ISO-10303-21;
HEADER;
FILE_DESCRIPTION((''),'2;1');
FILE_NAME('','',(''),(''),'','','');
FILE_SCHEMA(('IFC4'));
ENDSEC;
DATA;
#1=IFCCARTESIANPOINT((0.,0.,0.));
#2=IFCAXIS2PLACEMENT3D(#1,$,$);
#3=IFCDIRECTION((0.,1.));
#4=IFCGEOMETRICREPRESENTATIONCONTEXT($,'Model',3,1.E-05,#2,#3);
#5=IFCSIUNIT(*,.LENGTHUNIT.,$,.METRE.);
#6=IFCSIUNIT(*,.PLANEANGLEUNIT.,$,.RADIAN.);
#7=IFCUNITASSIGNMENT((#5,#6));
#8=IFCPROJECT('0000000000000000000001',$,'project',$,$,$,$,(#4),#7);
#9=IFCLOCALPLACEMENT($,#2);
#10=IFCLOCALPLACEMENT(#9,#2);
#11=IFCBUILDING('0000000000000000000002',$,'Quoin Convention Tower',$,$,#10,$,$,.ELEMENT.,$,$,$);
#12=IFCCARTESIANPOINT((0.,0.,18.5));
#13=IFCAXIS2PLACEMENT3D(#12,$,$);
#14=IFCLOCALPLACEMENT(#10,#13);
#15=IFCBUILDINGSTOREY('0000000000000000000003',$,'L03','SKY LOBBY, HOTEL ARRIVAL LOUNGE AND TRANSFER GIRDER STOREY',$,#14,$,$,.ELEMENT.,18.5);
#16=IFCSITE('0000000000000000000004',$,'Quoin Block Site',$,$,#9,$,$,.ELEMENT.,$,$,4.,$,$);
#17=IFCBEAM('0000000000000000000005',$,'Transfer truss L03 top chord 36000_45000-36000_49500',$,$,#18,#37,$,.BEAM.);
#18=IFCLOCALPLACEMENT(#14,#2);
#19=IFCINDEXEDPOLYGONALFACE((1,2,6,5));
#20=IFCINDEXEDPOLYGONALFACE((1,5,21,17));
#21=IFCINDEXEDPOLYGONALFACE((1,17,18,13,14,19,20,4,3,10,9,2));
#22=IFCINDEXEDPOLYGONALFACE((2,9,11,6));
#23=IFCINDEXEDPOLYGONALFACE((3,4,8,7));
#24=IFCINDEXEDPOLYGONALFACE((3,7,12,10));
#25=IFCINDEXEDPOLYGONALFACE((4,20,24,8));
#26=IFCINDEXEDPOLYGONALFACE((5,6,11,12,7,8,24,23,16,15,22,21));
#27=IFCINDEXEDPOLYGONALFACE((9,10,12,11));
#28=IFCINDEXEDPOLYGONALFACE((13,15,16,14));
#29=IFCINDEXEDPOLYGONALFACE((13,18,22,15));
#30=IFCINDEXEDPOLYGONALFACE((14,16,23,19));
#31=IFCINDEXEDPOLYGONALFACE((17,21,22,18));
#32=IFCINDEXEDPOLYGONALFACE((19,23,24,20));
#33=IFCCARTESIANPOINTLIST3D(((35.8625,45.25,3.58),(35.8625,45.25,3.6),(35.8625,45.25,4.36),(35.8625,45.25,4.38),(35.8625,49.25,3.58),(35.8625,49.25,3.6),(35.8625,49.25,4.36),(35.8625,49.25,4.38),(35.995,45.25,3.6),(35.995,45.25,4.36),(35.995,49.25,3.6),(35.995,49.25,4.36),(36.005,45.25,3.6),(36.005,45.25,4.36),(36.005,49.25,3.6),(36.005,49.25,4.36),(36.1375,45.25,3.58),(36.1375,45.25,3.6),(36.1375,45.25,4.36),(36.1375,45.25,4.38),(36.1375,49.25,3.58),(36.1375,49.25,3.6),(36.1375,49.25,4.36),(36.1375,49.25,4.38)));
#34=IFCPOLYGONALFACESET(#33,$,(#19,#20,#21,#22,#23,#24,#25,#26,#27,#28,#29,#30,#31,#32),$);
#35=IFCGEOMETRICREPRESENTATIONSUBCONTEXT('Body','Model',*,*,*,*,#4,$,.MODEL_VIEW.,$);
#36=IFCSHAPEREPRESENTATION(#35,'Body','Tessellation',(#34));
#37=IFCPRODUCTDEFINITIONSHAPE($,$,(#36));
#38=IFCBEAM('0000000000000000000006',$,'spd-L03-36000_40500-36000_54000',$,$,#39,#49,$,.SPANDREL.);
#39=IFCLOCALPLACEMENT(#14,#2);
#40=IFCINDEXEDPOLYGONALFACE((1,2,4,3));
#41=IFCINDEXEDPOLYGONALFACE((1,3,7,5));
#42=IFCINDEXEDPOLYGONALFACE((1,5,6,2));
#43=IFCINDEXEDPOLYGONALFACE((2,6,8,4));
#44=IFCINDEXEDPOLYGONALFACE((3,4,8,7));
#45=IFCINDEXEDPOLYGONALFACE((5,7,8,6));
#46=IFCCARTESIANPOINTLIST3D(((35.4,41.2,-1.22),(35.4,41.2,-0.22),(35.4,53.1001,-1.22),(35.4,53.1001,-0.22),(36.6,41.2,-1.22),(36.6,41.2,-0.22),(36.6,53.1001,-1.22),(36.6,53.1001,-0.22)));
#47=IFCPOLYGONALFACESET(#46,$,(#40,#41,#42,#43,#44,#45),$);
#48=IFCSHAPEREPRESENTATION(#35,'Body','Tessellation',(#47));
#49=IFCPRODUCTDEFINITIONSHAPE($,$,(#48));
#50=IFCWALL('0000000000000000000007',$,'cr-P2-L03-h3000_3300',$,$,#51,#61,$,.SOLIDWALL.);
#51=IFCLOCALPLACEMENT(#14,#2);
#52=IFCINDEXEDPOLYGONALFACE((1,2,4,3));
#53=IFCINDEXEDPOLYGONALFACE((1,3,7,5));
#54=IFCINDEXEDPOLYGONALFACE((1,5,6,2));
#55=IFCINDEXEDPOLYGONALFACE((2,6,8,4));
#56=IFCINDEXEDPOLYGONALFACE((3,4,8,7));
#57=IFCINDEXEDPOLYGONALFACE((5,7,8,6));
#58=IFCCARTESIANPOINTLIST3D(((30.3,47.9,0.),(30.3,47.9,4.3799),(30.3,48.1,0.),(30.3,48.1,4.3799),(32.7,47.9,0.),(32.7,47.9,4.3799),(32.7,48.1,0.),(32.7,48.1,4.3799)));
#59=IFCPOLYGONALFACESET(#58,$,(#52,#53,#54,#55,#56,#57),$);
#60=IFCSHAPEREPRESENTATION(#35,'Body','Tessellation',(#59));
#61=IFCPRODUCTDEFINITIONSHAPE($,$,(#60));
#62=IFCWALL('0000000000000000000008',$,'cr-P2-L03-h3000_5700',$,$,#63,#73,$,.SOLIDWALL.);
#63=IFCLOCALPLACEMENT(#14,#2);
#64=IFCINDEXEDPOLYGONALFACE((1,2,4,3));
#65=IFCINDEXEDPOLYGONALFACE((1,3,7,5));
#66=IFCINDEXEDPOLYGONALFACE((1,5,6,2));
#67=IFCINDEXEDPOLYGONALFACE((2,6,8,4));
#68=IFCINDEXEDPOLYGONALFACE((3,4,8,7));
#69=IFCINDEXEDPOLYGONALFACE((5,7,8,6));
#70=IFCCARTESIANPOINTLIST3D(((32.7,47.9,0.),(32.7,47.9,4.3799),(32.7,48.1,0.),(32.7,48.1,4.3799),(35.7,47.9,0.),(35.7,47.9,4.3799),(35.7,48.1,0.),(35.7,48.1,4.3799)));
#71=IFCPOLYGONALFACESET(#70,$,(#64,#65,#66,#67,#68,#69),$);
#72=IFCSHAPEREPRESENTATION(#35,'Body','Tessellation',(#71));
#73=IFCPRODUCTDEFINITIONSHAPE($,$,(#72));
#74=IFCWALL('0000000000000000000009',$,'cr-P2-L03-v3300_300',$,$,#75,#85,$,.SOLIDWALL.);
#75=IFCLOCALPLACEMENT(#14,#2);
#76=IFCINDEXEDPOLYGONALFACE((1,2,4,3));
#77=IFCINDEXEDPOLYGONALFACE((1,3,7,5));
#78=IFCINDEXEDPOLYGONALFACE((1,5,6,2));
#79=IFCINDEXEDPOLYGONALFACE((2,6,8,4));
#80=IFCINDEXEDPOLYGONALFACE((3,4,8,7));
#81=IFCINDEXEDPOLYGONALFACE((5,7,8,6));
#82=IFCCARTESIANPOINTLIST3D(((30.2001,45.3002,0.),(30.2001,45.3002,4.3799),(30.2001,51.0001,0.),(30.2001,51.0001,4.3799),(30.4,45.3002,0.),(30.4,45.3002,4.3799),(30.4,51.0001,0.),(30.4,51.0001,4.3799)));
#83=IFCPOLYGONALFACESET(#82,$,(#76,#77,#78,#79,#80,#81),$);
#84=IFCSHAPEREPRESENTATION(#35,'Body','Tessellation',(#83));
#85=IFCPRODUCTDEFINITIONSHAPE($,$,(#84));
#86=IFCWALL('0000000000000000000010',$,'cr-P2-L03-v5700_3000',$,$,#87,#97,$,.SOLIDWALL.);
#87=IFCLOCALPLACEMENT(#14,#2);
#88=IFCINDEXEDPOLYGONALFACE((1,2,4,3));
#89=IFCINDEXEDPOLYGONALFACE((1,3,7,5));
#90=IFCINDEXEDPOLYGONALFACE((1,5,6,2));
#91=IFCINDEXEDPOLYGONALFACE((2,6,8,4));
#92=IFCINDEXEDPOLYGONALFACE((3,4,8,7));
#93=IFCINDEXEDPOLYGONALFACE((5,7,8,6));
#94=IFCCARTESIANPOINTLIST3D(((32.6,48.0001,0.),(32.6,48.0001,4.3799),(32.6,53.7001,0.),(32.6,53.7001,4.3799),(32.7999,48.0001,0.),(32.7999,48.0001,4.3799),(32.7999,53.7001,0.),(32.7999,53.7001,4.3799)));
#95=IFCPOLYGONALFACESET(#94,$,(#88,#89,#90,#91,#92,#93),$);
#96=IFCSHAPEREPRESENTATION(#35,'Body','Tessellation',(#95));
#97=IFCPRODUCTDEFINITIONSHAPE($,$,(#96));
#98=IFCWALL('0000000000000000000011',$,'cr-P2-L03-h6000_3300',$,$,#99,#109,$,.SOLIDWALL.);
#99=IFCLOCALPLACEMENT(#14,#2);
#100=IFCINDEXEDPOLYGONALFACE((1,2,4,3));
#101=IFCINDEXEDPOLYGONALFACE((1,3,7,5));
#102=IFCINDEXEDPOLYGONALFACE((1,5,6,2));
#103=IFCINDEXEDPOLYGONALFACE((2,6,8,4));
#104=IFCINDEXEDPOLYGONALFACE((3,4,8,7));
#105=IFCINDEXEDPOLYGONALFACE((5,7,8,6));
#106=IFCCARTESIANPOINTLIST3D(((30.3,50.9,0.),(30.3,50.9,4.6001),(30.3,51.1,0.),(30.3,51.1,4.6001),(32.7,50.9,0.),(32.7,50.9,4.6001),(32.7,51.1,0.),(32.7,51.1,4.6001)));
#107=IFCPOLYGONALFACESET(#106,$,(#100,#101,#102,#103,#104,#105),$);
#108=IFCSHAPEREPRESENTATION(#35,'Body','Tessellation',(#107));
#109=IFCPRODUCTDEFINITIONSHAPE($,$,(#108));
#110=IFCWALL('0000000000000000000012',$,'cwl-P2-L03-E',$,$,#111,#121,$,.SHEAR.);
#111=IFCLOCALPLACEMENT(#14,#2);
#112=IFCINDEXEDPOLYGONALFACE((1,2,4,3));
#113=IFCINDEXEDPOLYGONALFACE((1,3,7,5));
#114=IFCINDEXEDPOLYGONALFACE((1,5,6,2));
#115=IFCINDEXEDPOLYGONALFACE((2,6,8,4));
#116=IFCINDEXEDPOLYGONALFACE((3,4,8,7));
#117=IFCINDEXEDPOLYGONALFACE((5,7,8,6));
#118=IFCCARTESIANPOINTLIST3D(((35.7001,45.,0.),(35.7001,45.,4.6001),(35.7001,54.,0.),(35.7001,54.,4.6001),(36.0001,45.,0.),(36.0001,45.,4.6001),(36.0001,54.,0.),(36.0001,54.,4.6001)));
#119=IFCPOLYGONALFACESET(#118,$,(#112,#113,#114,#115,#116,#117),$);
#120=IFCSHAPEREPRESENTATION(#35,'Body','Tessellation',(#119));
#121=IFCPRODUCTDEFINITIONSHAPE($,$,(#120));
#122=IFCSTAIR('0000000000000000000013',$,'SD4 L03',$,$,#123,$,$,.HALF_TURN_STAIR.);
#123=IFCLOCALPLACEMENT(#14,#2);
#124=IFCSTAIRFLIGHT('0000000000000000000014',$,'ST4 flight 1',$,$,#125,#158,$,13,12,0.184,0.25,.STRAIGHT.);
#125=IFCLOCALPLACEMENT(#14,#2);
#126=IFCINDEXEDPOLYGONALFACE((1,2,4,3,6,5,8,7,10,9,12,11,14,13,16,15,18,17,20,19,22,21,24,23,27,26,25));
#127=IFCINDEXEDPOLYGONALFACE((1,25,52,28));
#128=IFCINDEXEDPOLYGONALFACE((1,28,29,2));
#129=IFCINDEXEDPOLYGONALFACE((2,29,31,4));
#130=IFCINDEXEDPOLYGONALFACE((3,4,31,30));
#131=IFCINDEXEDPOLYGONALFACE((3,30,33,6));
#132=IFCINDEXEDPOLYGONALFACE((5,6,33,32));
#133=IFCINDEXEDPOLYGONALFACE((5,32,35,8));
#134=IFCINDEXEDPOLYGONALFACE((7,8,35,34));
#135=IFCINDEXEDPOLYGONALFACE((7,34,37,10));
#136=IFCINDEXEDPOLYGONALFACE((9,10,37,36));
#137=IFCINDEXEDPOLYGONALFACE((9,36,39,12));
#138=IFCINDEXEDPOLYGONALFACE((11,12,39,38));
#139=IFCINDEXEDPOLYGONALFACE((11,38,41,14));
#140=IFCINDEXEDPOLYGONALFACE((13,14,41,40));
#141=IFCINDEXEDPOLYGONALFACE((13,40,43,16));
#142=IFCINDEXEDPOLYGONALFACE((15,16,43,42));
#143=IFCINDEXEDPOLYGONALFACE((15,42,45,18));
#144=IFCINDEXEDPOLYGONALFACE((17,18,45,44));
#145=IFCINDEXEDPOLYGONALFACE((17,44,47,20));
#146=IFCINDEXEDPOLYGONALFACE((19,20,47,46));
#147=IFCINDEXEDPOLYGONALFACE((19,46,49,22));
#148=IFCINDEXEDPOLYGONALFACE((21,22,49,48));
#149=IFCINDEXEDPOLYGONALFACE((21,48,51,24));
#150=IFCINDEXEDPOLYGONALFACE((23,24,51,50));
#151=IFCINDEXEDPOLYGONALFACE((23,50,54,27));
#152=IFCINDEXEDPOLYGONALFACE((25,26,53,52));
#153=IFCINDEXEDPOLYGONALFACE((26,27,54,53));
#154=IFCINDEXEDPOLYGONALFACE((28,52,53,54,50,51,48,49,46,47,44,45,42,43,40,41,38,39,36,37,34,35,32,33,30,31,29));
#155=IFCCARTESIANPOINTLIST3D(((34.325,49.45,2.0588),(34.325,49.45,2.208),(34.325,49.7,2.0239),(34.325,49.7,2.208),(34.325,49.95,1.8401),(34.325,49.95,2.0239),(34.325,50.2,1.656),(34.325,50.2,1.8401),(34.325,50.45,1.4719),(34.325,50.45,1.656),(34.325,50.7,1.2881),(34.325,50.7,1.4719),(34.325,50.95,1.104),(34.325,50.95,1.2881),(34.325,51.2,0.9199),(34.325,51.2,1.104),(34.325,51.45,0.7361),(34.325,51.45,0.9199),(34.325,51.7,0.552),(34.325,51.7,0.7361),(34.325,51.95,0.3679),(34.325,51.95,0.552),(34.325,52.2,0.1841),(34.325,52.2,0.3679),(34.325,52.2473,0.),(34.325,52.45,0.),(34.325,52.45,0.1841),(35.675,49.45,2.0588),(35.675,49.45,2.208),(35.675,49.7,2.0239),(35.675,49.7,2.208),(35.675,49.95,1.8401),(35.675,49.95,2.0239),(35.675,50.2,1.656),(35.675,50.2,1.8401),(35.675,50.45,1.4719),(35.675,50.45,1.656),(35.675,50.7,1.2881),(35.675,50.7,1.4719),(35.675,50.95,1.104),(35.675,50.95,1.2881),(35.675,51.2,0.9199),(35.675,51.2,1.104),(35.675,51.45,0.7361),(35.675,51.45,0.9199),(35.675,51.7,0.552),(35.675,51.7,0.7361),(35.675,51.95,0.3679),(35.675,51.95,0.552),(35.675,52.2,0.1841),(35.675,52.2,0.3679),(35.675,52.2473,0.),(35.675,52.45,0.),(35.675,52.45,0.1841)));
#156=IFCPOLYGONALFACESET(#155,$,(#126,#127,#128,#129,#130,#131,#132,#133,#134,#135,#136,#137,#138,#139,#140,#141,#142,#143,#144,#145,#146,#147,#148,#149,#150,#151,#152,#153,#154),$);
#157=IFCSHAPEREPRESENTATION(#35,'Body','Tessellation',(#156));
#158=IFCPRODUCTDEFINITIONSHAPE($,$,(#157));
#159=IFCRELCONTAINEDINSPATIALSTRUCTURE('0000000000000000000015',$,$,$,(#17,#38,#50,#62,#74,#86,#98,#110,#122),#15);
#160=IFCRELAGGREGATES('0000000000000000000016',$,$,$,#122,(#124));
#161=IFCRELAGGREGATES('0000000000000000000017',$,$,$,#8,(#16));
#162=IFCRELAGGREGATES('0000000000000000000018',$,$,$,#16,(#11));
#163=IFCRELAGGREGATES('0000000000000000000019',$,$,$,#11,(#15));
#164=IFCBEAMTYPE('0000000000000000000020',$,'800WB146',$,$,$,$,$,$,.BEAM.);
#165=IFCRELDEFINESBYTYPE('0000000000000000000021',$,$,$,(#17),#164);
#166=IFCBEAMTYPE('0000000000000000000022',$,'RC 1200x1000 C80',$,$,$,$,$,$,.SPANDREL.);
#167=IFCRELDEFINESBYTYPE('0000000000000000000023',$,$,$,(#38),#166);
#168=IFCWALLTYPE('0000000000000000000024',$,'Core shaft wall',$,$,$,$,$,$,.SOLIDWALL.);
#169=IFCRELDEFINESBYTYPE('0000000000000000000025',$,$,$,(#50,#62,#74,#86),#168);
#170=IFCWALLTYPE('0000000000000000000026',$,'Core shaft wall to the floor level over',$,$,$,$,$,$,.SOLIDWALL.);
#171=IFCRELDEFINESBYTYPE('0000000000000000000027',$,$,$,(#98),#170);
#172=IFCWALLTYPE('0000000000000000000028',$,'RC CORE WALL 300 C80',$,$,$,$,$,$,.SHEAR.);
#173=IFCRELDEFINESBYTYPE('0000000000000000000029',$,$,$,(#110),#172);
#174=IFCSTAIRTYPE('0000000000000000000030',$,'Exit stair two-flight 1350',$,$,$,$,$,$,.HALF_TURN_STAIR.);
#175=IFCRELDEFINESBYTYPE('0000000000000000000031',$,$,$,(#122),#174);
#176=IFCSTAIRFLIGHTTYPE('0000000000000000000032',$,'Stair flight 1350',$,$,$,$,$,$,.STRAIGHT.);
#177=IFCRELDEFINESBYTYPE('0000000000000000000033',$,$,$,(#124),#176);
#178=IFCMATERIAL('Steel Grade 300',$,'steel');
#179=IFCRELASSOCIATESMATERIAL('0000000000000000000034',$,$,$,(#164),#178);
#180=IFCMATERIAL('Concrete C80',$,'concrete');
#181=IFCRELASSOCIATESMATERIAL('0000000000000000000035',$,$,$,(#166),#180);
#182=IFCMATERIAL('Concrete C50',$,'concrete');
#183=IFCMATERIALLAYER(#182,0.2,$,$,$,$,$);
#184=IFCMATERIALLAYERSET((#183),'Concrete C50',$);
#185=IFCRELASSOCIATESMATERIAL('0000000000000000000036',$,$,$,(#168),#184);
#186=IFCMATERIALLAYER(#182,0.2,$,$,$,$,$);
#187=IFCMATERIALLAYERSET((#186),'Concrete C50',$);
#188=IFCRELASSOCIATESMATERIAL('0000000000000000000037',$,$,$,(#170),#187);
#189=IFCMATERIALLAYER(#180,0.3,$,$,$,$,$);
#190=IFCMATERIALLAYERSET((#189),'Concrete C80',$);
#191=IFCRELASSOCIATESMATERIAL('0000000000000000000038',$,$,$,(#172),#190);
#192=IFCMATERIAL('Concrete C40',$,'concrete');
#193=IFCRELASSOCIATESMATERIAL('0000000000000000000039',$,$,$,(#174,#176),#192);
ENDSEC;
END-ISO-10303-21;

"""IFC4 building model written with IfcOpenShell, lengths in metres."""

from ifc_helpers import new_model, si_unit, direction, frame, frame_2d, origin, origin_2d, place, context, subcontext, project, spatial, polyline, rectangle, i_section, outline, extrude, material, layer, layer_set, material_profile, profile_set, type_object, element, aggregate, save


model = new_model("IFC4")

# Units and contexts
model_context = context("Model", 3, precision=1e-05, world=origin(), true_north=direction((0.0, 1.0)))
body_context = subcontext(model_context, "Body", "Model", "MODEL_VIEW")
ifc_project = project(units=[si_unit("LENGTHUNIT", "METRE"), si_unit("PLANEANGLEUNIT", "RADIAN")], contexts=[model_context])

# Site, building, storey
site_placement = place(None, origin())
site = spatial("IfcSite", under=ifc_project, at=site_placement, Name="Quoin Block Site", CompositionType="ELEMENT", RefElevation=4.0)
building_placement = place(site_placement, origin())
building = spatial("IfcBuilding", under=site, at=building_placement, Name="Quoin Convention Tower", CompositionType="ELEMENT")
storey_placement = place(building_placement, frame((0.0, 0.0, 18.5)))
storey = spatial("IfcBuildingStorey", under=building, at=storey_placement, Name="L03", Description="SKY LOBBY, HOTEL ARRIVAL LOUNGE AND TRANSFER GIRDER STOREY", CompositionType="ELEMENT", Elevation=18.5)

# Shared definitions
ifc_material_1 = material(Name="Steel Grade 300", Category="steel")

# Beams
ifc_material_profile_1 = material_profile(ifc_material_1, i_section(OverallWidth=0.2749, OverallDepth=0.8, WebThickness=0.01, FlangeThickness=0.02, at=origin_2d()), Name="800WB146")
ifc_profile_set_1 = profile_set([ifc_material_profile_1], Name="Steel Grade 300")
beam_type_1 = type_object("IfcBeamType", Name="800WB146", PredefinedType="BEAM", material=ifc_profile_set_1)
beam_1_placement = place(storey_placement, frame((36.0, 45.25, 3.98), z_axis=(0.0, 1.0, 0.0), x_axis=(-1.0, 0.0, 0.0)))
element("IfcBeam", 1, at=beam_1_placement, inside=storey, type_object=beam_type_1, Name="Transfer truss L03 top chord 36000_45000-36000_49500", PredefinedType="BEAM", context=body_context, shape_type="SweptSolid", body=[
    extrude(i_section(OverallWidth=0.2749, OverallDepth=0.8, WebThickness=0.01, FlangeThickness=0.02, at=origin_2d()), origin(), (0.0, 0.0, 1.0), 4.0),
])
ifc_material_2 = material(Name="Concrete C80", Category="concrete")
ifc_material_profile_2 = material_profile(ifc_material_2, rectangle(XDim=1.2, YDim=1.0, at=origin_2d()), Name="RC 1200x1000")
ifc_profile_set_2 = profile_set([ifc_material_profile_2], Name="Concrete C80")
beam_type_2 = type_object("IfcBeamType", Name="RC 1200x1000 C80", PredefinedType="SPANDREL", material=ifc_profile_set_2)
beam_2_placement = place(storey_placement, frame((36.0, 41.2, -0.72), z_axis=(0.0, 1.0, 0.0), x_axis=(-1.0, 0.0, 0.0)))
element("IfcBeam", 2, at=beam_2_placement, inside=storey, type_object=beam_type_2, Name="spd-L03-36000_40500-36000_54000", PredefinedType="SPANDREL", context=body_context, shape_type="SweptSolid", body=[
    extrude(rectangle(XDim=1.2, YDim=1.0, at=origin_2d()), origin(), (0.0, 0.0, 1.0), 11.9001),
])

# Walls
ifc_material_3 = material(Name="Concrete C50", Category="concrete")
ifc_layer_1 = layer(ifc_material_3, 0.2)
ifc_layer_set_1 = layer_set([ifc_layer_1], Name="Concrete C50")
wall_type_1 = type_object("IfcWallType", Name="Core shaft wall", PredefinedType="SOLIDWALL", material=ifc_layer_set_1)
wall_1_placement = place(storey_placement, frame((30.3, 48.0, 0.0), z_axis=(0.0, 0.0, 1.0), x_axis=(1.0, 0.0, 0.0)))
element("IfcWall", 3, at=wall_1_placement, inside=storey, type_object=wall_type_1, Name="cr-P2-L03-h3000_3300", PredefinedType="SOLIDWALL", context=body_context, shape_type="SweptSolid", body=[
    extrude(rectangle(XDim=2.3999, YDim=0.2, at=frame_2d((1.2, 0.0))), origin(), (0.0, 0.0, 1.0), 4.3799),
])
wall_2_placement = place(storey_placement, frame((32.7, 48.0, 0.0), z_axis=(0.0, 0.0, 1.0), x_axis=(1.0, 0.0, 0.0)))
element("IfcWall", 4, at=wall_2_placement, inside=storey, type_object=wall_type_1, Name="cr-P2-L03-h3000_5700", PredefinedType="SOLIDWALL", context=body_context, shape_type="SweptSolid", body=[
    extrude(rectangle(XDim=3.0, YDim=0.2, at=frame_2d((1.5, 0.0))), origin(), (0.0, 0.0, 1.0), 4.3799),
])
for number, where, z_axis, x_axis, name in (
    (5, (30.3, 45.3, 0.0), (0.0, 0.0, 1.0), (0.0, 1.0, 0.0), "cr-P2-L03-v3300_300"),
    (6, (32.7, 48.0, 0.0), (0.0, 0.0, 1.0), (0.0, 1.0, 0.0), "cr-P2-L03-v5700_3000"),
):
    element("IfcWall", number, at=place(storey_placement, frame(where, z_axis=z_axis, x_axis=x_axis)), inside=storey, type_object=wall_type_1, Name=name, PredefinedType="SOLIDWALL", context=body_context, shape_type="SweptSolid", body=[
        extrude(rectangle(XDim=5.7, YDim=0.2, at=frame_2d((2.8501, 0.0))), origin(), (0.0, 0.0, 1.0), 4.3799),
    ])
ifc_layer_2 = layer(ifc_material_3, 0.2)
ifc_layer_set_2 = layer_set([ifc_layer_2], Name="Concrete C50")
wall_type_2 = type_object("IfcWallType", Name="Core shaft wall to the floor level over", PredefinedType="SOLIDWALL", material=ifc_layer_set_2)
wall_3_placement = place(storey_placement, frame((30.3, 51.0, 0.0), z_axis=(0.0, 0.0, 1.0), x_axis=(1.0, 0.0, 0.0)))
element("IfcWall", 7, at=wall_3_placement, inside=storey, type_object=wall_type_2, Name="cr-P2-L03-h6000_3300", PredefinedType="SOLIDWALL", context=body_context, shape_type="SweptSolid", body=[
    extrude(rectangle(XDim=2.3999, YDim=0.2, at=frame_2d((1.2, 0.0))), origin(), (0.0, 0.0, 1.0), 4.6001),
])
ifc_layer_3 = layer(ifc_material_2, 0.3)
ifc_layer_set_3 = layer_set([ifc_layer_3], Name="Concrete C80")
wall_type_3 = type_object("IfcWallType", Name="RC CORE WALL 300 C80", PredefinedType="SHEAR", material=ifc_layer_set_3)
wall_4_placement = place(storey_placement, frame((35.8501, 45.0, 0.0), z_axis=(0.0, 0.0, 1.0), x_axis=(0.0, 1.0, 0.0)))
element("IfcWall", 8, at=wall_4_placement, inside=storey, type_object=wall_type_3, Name="cwl-P2-L03-E", PredefinedType="SHEAR", context=body_context, shape_type="SweptSolid", body=[
    extrude(rectangle(XDim=9.0, YDim=0.3, at=frame_2d((4.5, 0.0))), origin(), (0.0, 0.0, 1.0), 4.6001),
])

# Stair, stair flight
ifc_material_4 = material(Name="Concrete C40", Category="concrete")
stair_type = type_object("IfcStairType", Name="Exit stair two-flight 1350", PredefinedType="HALF_TURN_STAIR", material=ifc_material_4)
stair_placement = place(storey_placement, origin())
stair = element("IfcStair", 9, at=stair_placement, inside=storey, type_object=stair_type, Name="SD4 L03", PredefinedType="HALF_TURN_STAIR")
stair_flight_type = type_object("IfcStairFlightType", Name="Stair flight 1350", PredefinedType="STRAIGHT", material=ifc_material_4)
stair_flight_1_placement = place(storey_placement, frame((35.0, 52.45, 0.0), z_axis=(0.0, 0.0, 1.0), x_axis=(0.0, -1.0, 0.0)))
stair_flight_1 = element("IfcStairFlight", 10, at=stair_flight_1_placement, type_object=stair_flight_type, Name="ST4 flight 1", NumberOfRisers=13, NumberOfTreads=12, PredefinedType="STRAIGHT", RiserHeight=0.184, TreadLength=0.25, context=body_context, shape_type="SweptSolid", body=[
    extrude(outline(polyline([(0.0, 0.0), (0.0, 0.1841), (0.25, 0.1841), (0.25, 0.3679), (0.5, 0.3679), (0.5, 0.552), (0.75, 0.552), (0.75, 0.7361), (1.0, 0.7361), (1.0, 0.9199), (1.25, 0.9199), (1.25, 1.104), (1.5, 1.104), (1.5, 1.2881), (1.75, 1.2881), (1.75, 1.4719), (2.0, 1.4719), (2.0, 1.656), (2.25, 1.656), (2.25, 1.8401), (2.5, 1.8401), (2.5, 2.0239), (2.75, 2.0239), (2.75, 2.208), (3.0, 2.208), (3.0, 2.3921), (3.0, 2.0588), (0.2026, 0.0), (0.0, 0.0)])), frame((0.0, 0.675, 0.0), z_axis=(0.0, -1.0, 0.0), x_axis=(1.0, 0.0, 0.0)), (0.0, 0.0, 1.0), 1.3501),
])
aggregate(stair, [stair_flight_1])

save(model, "model.ifc")
